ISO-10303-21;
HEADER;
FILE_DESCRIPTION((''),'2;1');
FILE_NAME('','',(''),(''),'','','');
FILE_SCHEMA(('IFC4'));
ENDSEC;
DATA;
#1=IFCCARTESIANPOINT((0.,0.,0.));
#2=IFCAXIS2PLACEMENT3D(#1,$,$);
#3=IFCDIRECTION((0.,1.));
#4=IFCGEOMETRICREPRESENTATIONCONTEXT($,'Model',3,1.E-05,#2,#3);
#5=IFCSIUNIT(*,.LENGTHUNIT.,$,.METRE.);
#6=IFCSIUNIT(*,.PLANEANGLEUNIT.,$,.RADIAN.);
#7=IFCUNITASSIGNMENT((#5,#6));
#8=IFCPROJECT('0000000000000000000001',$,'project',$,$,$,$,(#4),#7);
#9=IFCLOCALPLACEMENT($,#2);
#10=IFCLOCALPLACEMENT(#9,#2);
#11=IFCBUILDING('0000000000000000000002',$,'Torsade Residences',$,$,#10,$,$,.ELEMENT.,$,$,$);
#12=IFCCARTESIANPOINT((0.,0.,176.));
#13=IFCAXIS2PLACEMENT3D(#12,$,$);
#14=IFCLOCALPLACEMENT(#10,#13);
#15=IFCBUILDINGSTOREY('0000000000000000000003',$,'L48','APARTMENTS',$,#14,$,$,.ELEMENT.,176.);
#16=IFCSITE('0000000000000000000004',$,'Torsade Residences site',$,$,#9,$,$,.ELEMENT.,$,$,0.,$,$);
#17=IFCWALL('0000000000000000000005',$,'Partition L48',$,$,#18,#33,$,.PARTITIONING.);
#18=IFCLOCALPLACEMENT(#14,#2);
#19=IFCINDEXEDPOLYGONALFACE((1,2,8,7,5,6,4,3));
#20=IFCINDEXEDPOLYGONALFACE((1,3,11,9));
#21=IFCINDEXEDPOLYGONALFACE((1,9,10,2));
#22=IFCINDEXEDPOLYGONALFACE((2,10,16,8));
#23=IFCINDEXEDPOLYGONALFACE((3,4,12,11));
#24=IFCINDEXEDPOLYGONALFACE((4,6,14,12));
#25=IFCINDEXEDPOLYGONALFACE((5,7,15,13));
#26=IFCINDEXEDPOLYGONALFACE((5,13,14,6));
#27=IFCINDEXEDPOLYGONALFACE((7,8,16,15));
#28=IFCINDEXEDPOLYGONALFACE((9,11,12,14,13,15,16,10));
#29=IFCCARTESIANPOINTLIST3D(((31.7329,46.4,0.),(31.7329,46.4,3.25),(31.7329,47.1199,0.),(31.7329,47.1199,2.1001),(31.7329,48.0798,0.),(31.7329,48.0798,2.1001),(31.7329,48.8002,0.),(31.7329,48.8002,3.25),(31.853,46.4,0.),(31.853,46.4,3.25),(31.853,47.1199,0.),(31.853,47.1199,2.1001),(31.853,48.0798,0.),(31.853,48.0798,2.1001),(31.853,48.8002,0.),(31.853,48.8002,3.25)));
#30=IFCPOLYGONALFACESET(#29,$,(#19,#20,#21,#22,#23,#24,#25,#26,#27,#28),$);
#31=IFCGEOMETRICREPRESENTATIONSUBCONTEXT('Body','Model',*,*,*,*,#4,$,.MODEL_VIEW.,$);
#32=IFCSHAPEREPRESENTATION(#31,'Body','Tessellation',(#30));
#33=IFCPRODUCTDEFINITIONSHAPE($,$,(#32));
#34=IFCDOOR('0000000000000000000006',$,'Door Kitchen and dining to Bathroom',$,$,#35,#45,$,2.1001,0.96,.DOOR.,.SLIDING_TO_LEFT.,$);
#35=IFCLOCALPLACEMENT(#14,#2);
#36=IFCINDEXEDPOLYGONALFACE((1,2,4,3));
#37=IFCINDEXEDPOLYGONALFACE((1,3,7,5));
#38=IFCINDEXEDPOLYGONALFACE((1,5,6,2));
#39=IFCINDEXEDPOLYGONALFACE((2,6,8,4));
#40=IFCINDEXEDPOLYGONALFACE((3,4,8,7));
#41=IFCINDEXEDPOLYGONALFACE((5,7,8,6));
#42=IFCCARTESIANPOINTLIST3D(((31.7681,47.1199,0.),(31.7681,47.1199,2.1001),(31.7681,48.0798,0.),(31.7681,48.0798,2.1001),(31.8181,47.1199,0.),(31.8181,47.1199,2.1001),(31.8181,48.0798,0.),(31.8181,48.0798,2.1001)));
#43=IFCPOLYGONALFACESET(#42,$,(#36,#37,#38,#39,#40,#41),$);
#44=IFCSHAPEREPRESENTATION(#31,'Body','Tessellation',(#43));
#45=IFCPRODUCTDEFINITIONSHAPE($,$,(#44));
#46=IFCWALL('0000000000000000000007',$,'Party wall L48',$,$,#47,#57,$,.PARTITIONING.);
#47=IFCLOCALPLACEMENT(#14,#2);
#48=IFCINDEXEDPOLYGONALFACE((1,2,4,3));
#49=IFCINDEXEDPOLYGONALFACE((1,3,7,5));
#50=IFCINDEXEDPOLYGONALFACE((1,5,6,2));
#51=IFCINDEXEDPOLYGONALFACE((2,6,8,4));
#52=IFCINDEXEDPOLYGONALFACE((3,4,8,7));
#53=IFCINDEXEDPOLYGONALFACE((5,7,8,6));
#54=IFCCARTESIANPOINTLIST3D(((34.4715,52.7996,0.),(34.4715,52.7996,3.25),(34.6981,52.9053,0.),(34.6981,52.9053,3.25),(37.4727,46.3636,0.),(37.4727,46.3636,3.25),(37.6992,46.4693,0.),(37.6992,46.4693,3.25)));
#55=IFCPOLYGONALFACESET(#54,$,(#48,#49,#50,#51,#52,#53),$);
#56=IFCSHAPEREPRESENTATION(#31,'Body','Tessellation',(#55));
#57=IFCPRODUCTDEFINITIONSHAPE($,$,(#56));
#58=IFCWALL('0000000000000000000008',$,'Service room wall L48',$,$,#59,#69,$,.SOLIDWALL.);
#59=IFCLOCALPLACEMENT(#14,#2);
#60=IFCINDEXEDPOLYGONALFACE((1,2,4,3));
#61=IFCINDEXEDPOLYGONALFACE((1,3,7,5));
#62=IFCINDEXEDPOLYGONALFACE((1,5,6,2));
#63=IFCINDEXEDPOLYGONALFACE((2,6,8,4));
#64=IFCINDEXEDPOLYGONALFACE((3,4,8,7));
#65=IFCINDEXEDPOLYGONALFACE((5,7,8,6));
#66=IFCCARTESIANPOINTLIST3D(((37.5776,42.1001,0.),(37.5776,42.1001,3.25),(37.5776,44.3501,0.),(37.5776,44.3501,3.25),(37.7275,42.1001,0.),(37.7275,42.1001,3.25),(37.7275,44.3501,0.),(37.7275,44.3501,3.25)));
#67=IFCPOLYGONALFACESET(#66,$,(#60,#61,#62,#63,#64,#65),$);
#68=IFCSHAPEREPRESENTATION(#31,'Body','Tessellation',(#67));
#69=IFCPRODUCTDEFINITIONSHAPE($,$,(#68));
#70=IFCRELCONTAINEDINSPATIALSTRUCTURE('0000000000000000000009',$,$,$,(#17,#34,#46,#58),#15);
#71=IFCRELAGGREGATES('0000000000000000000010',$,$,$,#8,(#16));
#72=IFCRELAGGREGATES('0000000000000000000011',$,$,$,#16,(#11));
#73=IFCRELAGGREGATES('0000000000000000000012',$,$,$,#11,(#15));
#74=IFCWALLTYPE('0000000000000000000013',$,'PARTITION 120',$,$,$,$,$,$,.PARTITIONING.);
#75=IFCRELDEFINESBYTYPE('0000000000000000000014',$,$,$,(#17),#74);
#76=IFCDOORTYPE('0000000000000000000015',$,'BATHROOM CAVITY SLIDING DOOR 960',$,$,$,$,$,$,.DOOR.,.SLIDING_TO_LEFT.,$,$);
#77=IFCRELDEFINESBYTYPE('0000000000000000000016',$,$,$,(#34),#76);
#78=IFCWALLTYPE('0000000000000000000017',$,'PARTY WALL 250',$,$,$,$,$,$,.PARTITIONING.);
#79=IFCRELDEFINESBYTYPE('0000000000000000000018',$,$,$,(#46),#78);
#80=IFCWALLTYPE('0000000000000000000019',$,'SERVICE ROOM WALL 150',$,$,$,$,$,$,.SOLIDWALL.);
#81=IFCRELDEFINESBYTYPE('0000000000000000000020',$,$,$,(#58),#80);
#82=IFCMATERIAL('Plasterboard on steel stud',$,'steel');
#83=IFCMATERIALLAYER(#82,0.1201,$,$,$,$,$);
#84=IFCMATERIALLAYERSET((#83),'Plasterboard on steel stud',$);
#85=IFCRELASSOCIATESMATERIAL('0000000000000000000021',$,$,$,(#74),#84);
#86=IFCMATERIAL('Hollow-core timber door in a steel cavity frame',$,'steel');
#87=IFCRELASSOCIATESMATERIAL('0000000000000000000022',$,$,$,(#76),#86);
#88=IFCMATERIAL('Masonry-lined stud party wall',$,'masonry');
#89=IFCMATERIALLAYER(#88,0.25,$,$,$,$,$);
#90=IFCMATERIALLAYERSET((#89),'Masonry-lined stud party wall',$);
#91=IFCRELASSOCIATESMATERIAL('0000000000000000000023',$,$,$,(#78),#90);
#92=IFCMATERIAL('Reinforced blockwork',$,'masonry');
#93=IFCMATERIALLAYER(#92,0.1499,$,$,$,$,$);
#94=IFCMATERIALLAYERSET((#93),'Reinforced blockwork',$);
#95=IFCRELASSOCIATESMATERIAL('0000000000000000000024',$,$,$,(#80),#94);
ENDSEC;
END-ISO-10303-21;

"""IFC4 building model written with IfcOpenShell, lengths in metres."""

from ifc_helpers import new_model, si_unit, direction, frame, frame_2d, origin, place, context, subcontext, project, spatial, rectangle, extrude, material, layer, layer_set, type_object, element, fill, save


model = new_model("IFC4")

# Units and contexts
model_context = context("Model", 3, precision=1e-05, world=origin(), true_north=direction((0.0, 1.0)))
body_context = subcontext(model_context, "Body", "Model", "MODEL_VIEW")
ifc_project = project(units=[si_unit("LENGTHUNIT", "METRE"), si_unit("PLANEANGLEUNIT", "RADIAN")], contexts=[model_context])

# Site, building, storey
site_placement = place(None, origin())
site = spatial("IfcSite", under=ifc_project, at=site_placement, Name="Torsade Residences site", CompositionType="ELEMENT", RefElevation=0.0)
building_placement = place(site_placement, origin())
building = spatial("IfcBuilding", under=site, at=building_placement, Name="Torsade Residences", CompositionType="ELEMENT")
storey_placement = place(building_placement, frame((0.0, 0.0, 176.0)))
storey = spatial("IfcBuildingStorey", under=building, at=storey_placement, Name="L48", Description="APARTMENTS", CompositionType="ELEMENT", Elevation=176.0)

# Shared definitions
ifc_material_1 = material(Name="Plasterboard on steel stud", Category="steel")
ifc_layer_1 = layer(ifc_material_1, 0.1201)
ifc_layer_set_1 = layer_set([ifc_layer_1], Name="Plasterboard on steel stud")
wall_type_1 = type_object("IfcWallType", Name="PARTITION 120", PredefinedType="PARTITIONING", material=ifc_layer_set_1)
ifc_material_2 = material(Name="Hollow-core timber door in a steel cavity frame", Category="steel")
door_type_1 = type_object("IfcDoorType", Name="BATHROOM CAVITY SLIDING DOOR 960", OperationType="SLIDING_TO_LEFT", PredefinedType="DOOR", material=ifc_material_2)

# Wall, opening, door
wall_1_placement = place(storey_placement, frame((31.793, 46.3999, 0.0), z_axis=(0.0, 0.0, 1.0), x_axis=(0.0, 1.0, 0.0)))
wall_1 = element("IfcWall", 1, at=wall_1_placement, inside=storey, type_object=wall_type_1, Name="Partition L48", PredefinedType="PARTITIONING", context=body_context, shape_type="SweptSolid", body=[
    extrude(rectangle(XDim=2.4001, YDim=0.1201, at=frame_2d((1.2002, 0.0))), origin(), (0.0, 0.0, 1.0), 3.25),
])
opening_1_placement = place(wall_1_placement, frame((0.72, 0.0, 0.0)))
opening_1 = element("IfcOpeningElement", 2, at=opening_1_placement, cuts=wall_1, PredefinedType="OPENING", context=body_context, shape_type="SweptSolid", body=[
    extrude(rectangle(XDim=0.96, YDim=2.1001, at=frame_2d((0.48, 1.05))), frame((0.0, 0.0701, 0.0), z_axis=(0.0, -1.0, 0.0), x_axis=(1.0, 0.0, 0.0)), (0.0, 0.0, 1.0), 0.1401),
])
door_1_placement = place(opening_1_placement, origin())
door_1 = element("IfcDoor", 3, at=door_1_placement, inside=storey, type_object=door_type_1, Name="Door Kitchen and dining to Bathroom", OperationType="SLIDING_TO_LEFT", OverallHeight=2.1001, OverallWidth=0.96, PredefinedType="DOOR", context=body_context, shape_type="SweptSolid", body=[
    extrude(rectangle(XDim=0.96, YDim=2.1001, at=frame_2d((0.48, 1.05))), frame((0.0, 0.0249, 0.0), z_axis=(0.0, -1.0, 0.0), x_axis=(1.0, 0.0, 0.0)), (0.0, 0.0, 1.0), 0.05),
])
fill(opening_1, door_1)

# Walls
ifc_material_3 = material(Name="Masonry-lined stud party wall", Category="masonry")
ifc_layer_2 = layer(ifc_material_3, 0.25)
ifc_layer_set_2 = layer_set([ifc_layer_2], Name="Masonry-lined stud party wall")
wall_type_2 = type_object("IfcWallType", Name="PARTY WALL 250", PredefinedType="PARTITIONING", material=ifc_layer_set_2)
wall_2_placement = place(storey_placement, frame((34.5847, 52.8525, 0.0), z_axis=(0.0, 0.0, 1.0), x_axis=(0.422624, -0.906305, 0.0)))
element("IfcWall", 4, at=wall_2_placement, inside=storey, type_object=wall_type_2, Name="Party wall L48", PredefinedType="PARTITIONING", context=body_context, shape_type="SweptSolid", body=[
    extrude(rectangle(XDim=7.1013, YDim=0.25, at=frame_2d((3.5508, 0.0))), origin(), (0.0, 0.0, 1.0), 3.25),
])
ifc_material_4 = material(Name="Reinforced blockwork", Category="masonry")
ifc_layer_3 = layer(ifc_material_4, 0.1499)
ifc_layer_set_3 = layer_set([ifc_layer_3], Name="Reinforced blockwork")
wall_type_3 = type_object("IfcWallType", Name="SERVICE ROOM WALL 150", PredefinedType="SOLIDWALL", material=ifc_layer_set_3)
wall_3_placement = place(storey_placement, frame((37.6526, 42.1001, 0.0), z_axis=(0.0, 0.0, 1.0), x_axis=(0.0, 1.0, 0.0)))
element("IfcWall", 5, at=wall_3_placement, inside=storey, type_object=wall_type_3, Name="Service room wall L48", PredefinedType="SOLIDWALL", context=body_context, shape_type="SweptSolid", body=[
    extrude(rectangle(XDim=2.25, YDim=0.1499, at=frame_2d((1.125, 0.0))), origin(), (0.0, 0.0, 1.0), 3.25),
])

save(model, "model.ifc")
